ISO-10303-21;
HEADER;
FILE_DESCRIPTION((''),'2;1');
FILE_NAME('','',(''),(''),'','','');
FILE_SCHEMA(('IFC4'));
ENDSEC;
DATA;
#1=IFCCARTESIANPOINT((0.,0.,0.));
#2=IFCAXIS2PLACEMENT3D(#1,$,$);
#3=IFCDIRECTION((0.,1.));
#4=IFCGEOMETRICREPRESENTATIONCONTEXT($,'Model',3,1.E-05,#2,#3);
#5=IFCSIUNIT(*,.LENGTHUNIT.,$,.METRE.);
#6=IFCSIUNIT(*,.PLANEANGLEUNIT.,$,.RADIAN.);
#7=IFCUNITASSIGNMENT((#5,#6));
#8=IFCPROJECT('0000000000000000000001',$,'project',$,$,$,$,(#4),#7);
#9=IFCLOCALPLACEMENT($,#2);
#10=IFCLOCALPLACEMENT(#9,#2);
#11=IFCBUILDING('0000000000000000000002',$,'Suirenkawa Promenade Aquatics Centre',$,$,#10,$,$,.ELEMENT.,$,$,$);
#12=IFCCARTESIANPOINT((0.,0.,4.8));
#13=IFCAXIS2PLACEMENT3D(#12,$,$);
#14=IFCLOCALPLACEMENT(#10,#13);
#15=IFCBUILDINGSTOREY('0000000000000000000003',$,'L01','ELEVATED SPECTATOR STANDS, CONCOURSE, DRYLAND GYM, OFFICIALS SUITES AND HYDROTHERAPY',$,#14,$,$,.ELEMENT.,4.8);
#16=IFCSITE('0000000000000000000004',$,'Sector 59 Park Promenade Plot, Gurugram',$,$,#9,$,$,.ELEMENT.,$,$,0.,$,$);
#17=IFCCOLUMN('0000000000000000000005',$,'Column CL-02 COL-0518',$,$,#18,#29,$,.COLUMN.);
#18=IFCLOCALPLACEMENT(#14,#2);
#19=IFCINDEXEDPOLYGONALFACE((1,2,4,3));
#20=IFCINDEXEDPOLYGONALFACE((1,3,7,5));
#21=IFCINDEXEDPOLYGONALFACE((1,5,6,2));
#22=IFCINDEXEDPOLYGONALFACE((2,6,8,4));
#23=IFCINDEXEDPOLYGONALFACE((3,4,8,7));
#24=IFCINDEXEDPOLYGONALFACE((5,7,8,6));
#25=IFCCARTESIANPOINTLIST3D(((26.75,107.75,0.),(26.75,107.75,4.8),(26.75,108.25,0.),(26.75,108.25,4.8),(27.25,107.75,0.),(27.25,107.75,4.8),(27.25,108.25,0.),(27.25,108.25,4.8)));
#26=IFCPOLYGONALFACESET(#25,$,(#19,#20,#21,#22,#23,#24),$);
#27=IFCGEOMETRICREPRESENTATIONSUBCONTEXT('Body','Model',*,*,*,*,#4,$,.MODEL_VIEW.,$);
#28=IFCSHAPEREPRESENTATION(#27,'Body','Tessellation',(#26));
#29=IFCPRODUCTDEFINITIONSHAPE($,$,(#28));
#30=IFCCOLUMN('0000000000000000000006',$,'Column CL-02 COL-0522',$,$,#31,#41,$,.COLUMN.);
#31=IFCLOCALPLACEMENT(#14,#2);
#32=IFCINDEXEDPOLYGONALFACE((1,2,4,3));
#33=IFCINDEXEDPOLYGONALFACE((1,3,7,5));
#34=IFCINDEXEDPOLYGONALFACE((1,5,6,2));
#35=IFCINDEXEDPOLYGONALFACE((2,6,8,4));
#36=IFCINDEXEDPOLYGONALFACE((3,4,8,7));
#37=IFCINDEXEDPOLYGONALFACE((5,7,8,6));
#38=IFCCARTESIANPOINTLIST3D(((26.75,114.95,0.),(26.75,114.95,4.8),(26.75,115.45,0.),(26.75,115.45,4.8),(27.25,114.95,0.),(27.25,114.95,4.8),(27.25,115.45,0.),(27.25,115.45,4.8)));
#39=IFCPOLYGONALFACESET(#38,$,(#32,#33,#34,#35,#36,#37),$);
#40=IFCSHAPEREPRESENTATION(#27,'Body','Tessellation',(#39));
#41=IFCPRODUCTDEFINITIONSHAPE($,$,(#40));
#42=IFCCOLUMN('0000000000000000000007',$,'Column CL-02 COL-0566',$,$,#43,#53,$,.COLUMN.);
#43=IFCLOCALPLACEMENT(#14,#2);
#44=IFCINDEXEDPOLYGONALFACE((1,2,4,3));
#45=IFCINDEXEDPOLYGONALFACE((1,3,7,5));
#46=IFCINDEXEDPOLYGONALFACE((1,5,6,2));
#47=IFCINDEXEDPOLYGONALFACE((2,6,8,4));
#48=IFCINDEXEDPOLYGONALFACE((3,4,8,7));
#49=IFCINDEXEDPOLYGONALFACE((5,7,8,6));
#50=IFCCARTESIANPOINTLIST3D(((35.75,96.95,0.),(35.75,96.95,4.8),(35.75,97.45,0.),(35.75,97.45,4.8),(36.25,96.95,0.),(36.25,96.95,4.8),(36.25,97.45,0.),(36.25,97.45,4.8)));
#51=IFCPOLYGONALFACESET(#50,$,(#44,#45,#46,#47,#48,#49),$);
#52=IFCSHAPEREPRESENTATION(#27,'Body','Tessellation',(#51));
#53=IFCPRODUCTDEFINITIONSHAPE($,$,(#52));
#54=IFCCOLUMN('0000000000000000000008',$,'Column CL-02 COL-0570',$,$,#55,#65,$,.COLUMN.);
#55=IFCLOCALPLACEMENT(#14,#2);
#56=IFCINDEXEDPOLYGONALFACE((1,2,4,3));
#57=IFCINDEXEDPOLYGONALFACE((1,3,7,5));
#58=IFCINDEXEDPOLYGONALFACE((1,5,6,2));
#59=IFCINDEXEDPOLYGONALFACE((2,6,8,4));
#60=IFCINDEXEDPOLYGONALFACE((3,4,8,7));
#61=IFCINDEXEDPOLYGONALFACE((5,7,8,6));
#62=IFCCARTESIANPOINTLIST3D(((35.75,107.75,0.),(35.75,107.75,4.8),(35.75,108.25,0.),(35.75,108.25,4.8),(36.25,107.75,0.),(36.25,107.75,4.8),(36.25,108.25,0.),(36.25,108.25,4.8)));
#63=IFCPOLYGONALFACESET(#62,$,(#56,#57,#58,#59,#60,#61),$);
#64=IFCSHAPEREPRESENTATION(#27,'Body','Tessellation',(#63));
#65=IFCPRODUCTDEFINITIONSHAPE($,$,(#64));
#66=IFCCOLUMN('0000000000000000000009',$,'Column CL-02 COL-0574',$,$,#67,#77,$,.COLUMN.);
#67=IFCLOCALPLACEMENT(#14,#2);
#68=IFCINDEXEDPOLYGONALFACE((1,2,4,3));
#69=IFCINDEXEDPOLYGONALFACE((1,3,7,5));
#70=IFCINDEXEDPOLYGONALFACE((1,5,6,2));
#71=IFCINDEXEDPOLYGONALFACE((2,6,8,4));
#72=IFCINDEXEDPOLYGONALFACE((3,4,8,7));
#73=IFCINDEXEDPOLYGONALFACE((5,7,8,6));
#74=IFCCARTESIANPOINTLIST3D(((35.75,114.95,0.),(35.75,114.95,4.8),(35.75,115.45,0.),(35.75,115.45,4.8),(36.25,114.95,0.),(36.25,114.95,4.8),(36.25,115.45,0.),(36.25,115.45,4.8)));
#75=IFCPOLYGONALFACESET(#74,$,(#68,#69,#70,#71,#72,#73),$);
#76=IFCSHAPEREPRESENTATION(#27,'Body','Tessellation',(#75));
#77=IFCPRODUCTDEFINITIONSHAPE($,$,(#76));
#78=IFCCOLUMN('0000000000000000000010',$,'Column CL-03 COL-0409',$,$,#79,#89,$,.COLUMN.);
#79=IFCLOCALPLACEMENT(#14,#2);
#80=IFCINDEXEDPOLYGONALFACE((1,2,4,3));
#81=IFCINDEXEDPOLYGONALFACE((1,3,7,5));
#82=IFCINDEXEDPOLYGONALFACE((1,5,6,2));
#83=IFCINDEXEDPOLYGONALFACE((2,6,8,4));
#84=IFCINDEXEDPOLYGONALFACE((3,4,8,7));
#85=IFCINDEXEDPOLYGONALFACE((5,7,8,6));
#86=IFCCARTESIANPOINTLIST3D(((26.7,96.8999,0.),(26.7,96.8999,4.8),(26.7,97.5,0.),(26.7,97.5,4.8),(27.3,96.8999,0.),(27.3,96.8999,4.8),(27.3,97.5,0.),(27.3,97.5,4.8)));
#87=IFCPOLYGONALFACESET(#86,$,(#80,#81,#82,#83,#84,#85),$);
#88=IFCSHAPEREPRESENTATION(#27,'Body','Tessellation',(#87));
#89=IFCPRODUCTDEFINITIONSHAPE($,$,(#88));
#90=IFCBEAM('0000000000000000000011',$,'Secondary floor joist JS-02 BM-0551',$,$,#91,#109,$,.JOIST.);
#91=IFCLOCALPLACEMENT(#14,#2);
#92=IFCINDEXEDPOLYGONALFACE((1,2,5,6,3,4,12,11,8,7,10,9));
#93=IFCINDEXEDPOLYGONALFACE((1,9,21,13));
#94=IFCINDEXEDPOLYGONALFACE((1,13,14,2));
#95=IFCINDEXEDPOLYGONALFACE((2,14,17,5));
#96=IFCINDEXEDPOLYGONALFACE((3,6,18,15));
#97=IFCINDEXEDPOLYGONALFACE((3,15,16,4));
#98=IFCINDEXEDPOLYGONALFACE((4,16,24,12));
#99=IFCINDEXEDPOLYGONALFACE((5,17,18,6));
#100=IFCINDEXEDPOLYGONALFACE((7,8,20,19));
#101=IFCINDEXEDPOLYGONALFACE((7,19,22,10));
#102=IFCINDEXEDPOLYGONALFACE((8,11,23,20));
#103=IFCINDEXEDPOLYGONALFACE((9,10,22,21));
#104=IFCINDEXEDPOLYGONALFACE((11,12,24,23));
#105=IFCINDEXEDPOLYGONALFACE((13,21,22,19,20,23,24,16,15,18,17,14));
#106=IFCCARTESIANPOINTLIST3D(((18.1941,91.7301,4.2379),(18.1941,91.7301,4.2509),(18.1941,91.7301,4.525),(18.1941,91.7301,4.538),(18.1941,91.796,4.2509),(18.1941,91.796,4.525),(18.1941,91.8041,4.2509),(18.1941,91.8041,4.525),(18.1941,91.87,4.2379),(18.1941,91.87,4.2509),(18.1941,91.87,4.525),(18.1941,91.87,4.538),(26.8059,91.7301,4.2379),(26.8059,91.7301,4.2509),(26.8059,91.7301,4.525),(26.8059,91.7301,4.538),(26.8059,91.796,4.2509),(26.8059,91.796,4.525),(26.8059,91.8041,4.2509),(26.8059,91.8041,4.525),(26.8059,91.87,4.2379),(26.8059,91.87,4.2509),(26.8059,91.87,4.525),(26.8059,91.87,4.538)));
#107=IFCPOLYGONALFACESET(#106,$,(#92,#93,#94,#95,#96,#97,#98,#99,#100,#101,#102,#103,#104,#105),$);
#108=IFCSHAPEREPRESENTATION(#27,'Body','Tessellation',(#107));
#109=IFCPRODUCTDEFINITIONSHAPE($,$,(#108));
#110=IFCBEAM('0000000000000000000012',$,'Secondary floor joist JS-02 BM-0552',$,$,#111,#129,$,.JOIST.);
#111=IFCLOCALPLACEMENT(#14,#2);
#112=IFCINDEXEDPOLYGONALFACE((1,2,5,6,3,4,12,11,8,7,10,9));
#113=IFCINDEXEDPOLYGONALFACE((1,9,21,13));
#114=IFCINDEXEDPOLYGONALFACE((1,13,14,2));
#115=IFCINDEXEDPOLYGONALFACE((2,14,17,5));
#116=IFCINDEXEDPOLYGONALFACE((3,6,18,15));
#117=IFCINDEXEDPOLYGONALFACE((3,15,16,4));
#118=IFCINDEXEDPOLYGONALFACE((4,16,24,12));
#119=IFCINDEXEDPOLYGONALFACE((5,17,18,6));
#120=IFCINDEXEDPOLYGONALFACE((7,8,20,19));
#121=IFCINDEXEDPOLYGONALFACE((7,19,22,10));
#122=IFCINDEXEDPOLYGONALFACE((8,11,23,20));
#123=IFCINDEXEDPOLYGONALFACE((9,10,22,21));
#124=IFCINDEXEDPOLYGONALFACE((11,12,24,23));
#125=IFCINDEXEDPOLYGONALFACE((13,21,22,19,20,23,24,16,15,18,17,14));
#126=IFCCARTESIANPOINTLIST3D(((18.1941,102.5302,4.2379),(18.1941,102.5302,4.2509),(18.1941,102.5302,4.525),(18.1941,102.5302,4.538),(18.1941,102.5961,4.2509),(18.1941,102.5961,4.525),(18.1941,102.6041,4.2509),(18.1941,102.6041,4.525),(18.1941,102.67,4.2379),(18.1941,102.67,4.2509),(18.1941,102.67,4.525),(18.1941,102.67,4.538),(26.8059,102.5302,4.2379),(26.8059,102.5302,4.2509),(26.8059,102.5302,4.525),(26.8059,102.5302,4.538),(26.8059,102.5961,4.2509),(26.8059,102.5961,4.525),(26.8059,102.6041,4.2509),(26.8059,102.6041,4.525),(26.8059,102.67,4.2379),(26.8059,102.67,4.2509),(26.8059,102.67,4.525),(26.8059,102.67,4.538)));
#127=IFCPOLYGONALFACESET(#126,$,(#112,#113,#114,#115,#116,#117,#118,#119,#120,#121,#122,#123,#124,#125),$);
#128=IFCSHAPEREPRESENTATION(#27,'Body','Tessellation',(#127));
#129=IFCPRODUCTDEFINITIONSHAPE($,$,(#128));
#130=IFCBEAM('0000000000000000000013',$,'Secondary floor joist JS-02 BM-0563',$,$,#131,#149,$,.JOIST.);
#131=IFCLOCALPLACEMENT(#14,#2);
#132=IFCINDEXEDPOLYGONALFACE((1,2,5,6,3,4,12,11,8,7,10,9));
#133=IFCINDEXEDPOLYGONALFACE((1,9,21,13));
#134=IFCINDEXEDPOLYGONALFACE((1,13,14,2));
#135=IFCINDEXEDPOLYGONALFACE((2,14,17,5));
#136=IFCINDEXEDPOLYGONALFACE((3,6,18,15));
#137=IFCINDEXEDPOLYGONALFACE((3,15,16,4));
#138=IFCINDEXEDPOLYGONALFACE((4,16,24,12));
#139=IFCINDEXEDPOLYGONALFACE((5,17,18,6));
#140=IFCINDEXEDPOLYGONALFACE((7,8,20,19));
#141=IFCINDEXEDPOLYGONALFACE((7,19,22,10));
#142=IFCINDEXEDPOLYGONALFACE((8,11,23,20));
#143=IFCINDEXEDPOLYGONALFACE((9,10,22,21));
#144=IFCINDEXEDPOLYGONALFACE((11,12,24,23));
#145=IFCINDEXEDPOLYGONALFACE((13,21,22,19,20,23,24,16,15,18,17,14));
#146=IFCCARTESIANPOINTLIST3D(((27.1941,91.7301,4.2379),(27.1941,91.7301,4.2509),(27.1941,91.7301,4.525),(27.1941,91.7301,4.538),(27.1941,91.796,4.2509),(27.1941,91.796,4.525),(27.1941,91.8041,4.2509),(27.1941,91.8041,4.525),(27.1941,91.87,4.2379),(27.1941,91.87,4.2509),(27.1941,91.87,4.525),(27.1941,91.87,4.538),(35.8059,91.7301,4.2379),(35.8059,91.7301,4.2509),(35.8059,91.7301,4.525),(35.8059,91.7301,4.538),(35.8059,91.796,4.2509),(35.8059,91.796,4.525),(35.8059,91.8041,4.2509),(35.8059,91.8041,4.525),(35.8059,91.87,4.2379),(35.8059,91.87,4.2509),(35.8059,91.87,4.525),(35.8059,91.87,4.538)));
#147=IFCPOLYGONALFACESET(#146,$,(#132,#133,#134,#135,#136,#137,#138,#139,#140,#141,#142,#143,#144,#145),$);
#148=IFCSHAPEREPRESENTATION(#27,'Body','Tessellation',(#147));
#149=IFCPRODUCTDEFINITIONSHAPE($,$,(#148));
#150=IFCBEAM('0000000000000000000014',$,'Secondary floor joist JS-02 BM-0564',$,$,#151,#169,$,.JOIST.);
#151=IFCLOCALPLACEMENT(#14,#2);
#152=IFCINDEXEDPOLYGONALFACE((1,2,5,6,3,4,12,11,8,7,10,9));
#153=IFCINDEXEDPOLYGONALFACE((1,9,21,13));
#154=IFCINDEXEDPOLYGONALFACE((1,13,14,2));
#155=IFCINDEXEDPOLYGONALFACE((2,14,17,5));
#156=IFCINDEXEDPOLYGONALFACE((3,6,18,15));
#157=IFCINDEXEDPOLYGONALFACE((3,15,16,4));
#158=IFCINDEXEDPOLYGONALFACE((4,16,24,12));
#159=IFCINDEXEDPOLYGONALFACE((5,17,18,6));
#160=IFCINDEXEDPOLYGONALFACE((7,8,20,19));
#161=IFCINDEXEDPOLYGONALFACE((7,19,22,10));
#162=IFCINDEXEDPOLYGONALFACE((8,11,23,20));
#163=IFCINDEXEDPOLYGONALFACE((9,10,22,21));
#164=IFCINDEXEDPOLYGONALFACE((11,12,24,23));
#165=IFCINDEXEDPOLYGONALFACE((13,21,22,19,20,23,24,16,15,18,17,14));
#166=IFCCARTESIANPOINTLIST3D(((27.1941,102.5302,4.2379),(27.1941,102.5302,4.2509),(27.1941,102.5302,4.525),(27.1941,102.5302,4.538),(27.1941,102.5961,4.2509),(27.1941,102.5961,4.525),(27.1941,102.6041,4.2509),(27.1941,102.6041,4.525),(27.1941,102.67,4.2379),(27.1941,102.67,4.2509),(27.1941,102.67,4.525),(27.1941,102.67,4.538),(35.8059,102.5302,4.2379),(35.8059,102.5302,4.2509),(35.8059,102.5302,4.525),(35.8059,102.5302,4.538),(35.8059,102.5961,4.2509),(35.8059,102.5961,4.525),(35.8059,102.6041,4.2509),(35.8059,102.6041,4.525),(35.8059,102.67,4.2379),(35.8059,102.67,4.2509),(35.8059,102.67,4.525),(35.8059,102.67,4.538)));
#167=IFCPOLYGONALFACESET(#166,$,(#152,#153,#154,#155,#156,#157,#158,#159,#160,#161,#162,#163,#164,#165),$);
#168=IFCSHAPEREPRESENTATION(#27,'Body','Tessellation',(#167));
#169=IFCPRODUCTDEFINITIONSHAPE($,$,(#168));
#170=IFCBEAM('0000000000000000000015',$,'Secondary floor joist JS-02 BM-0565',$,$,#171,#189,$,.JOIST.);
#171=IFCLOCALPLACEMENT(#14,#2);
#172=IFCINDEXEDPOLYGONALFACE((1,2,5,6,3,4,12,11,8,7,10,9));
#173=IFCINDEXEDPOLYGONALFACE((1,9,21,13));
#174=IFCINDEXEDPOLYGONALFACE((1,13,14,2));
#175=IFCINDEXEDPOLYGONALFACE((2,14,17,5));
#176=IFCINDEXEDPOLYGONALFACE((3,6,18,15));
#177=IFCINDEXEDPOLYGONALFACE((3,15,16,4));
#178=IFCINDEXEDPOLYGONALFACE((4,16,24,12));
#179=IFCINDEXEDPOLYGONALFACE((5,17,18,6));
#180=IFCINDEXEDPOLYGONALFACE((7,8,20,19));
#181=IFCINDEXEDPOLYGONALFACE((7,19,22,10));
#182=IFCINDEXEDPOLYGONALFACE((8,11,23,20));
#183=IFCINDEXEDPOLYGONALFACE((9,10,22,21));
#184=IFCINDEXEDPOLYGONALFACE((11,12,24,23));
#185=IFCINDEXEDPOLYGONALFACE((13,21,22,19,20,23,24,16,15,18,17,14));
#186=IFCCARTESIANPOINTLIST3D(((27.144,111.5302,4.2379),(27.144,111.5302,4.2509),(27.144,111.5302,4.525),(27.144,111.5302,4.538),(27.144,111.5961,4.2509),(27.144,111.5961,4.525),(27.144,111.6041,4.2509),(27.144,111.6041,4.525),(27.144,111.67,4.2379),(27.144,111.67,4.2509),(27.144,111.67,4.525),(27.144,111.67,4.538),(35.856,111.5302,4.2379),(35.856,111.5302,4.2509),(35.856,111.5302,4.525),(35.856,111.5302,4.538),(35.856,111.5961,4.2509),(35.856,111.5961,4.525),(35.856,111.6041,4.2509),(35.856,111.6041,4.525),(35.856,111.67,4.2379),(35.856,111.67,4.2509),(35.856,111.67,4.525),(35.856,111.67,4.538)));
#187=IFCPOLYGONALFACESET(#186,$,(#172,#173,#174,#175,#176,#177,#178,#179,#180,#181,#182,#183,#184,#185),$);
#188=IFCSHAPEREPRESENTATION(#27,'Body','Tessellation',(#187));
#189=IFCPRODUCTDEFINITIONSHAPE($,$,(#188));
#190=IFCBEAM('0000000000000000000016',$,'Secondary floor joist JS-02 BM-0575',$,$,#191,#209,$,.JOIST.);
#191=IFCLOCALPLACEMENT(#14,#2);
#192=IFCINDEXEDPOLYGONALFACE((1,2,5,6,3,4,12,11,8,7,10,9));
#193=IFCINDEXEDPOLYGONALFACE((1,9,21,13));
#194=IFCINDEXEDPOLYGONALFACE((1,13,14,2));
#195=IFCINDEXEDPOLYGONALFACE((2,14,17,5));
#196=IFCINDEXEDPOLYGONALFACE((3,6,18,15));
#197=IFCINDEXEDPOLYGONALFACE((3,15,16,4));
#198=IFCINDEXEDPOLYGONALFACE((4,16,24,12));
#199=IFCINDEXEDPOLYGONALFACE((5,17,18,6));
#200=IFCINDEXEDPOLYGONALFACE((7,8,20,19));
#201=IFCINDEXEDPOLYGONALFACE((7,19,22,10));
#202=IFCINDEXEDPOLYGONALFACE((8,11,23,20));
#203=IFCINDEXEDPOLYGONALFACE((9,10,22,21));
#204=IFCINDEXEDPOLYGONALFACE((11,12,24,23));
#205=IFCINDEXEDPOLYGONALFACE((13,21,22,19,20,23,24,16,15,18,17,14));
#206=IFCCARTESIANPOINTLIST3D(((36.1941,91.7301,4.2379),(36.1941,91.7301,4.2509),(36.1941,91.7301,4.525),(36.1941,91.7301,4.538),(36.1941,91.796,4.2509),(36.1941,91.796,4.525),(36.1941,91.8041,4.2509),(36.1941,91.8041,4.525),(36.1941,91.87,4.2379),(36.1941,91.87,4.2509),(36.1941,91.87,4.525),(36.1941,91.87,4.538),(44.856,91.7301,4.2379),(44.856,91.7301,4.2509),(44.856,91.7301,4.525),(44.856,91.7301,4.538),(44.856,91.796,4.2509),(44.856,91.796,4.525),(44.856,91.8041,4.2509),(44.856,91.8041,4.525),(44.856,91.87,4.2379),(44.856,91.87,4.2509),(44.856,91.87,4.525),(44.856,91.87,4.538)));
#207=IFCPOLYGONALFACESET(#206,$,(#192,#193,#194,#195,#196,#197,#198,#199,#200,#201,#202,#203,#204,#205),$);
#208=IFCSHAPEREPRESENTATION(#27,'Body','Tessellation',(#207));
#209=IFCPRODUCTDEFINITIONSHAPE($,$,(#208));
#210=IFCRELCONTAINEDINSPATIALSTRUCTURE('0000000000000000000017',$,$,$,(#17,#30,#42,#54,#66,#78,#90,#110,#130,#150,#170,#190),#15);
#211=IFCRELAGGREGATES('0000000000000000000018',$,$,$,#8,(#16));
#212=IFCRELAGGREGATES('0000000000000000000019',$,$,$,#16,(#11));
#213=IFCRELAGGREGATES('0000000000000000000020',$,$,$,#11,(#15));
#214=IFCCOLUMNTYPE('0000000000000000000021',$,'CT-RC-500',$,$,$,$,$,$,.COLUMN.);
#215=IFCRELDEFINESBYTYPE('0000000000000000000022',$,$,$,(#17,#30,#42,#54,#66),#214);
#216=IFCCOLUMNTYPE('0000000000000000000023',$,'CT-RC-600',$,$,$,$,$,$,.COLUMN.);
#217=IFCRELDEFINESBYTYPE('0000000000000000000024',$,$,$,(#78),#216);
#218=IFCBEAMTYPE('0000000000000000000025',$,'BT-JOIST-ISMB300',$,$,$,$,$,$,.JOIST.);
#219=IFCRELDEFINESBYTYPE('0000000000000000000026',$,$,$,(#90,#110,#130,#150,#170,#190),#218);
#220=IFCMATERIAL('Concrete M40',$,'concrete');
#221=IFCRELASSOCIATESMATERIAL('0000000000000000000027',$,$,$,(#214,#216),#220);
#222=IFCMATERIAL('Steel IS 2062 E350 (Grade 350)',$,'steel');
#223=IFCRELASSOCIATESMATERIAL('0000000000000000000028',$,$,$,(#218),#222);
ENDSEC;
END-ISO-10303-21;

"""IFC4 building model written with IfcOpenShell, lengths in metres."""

from ifc_helpers import new_model, si_unit, direction, frame, origin, origin_2d, place, context, subcontext, project, spatial, rectangle, i_section, extrude, material, material_profile, profile_set, type_object, element, save


model = new_model("IFC4")

# Units and contexts
model_context = context("Model", 3, precision=1e-05, world=origin(), true_north=direction((0.0, 1.0)))
body_context = subcontext(model_context, "Body", "Model", "MODEL_VIEW")
ifc_project = project(units=[si_unit("LENGTHUNIT", "METRE"), si_unit("PLANEANGLEUNIT", "RADIAN")], contexts=[model_context])

# Site, building, storey
site_placement = place(None, origin())
site = spatial("IfcSite", under=ifc_project, at=site_placement, Name="Sector 59 Park Promenade Plot, Gurugram", CompositionType="ELEMENT", RefElevation=0.0)
building_placement = place(site_placement, origin())
building = spatial("IfcBuilding", under=site, at=building_placement, Name="Suirenkawa Promenade Aquatics Centre", CompositionType="ELEMENT")
storey_placement = place(building_placement, frame((0.0, 0.0, 4.8)))
storey = spatial("IfcBuildingStorey", under=building, at=storey_placement, Name="L01", Description="ELEVATED SPECTATOR STANDS, CONCOURSE, DRYLAND GYM, OFFICIALS SUITES AND HYDROTHERAPY", CompositionType="ELEMENT", Elevation=4.8)

# Columns
ifc_material_1 = material(Name="Concrete M40", Category="concrete")
ifc_material_profile_1 = material_profile(ifc_material_1, rectangle(XDim=0.5, YDim=0.5, at=origin_2d()), Name="RC COL 500x500", Category="concrete")
ifc_profile_set_1 = profile_set([ifc_material_profile_1], Name="Concrete M40")
column_type_1 = type_object("IfcColumnType", Name="CT-RC-500", PredefinedType="COLUMN", material=ifc_profile_set_1)
for number, where, z_axis, x_axis, name in (
    (1, (27.0, 108.0, 0.0), (0.0, 0.0, 1.0), (1.0, 0.0, 0.0), "Column CL-02 COL-0518"),
    (2, (27.0, 115.2, 0.0), (0.0, 0.0, 1.0), (1.0, 0.0, 0.0), "Column CL-02 COL-0522"),
    (3, (36.0, 97.2, 0.0), (0.0, 0.0, 1.0), (1.0, 0.0, 0.0), "Column CL-02 COL-0566"),
    (4, (36.0, 108.0, 0.0), (0.0, 0.0, 1.0), (1.0, 0.0, 0.0), "Column CL-02 COL-0570"),
    (5, (36.0, 115.2, 0.0), (0.0, 0.0, 1.0), (1.0, 0.0, 0.0), "Column CL-02 COL-0574"),
):
    element("IfcColumn", number, at=place(storey_placement, frame(where, z_axis=z_axis, x_axis=x_axis)), inside=storey, type_object=column_type_1, Name=name, PredefinedType="COLUMN", context=body_context, shape_type="SweptSolid", body=[
        extrude(rectangle(XDim=0.5, YDim=0.5, at=origin_2d()), origin(), (0.0, 0.0, 1.0), 4.8),
    ])
ifc_material_profile_2 = material_profile(ifc_material_1, rectangle(XDim=0.6001, YDim=0.6001, at=origin_2d()), Name="RC COL 600x600", Category="concrete")
ifc_profile_set_2 = profile_set([ifc_material_profile_2], Name="Concrete M40")
column_type_2 = type_object("IfcColumnType", Name="CT-RC-600", PredefinedType="COLUMN", material=ifc_profile_set_2)
column_placement = place(storey_placement, frame((27.0, 97.2, 0.0), z_axis=(0.0, 0.0, 1.0), x_axis=(1.0, 0.0, 0.0)))
element("IfcColumn", 6, at=column_placement, inside=storey, type_object=column_type_2, Name="Column CL-03 COL-0409", PredefinedType="COLUMN", context=body_context, shape_type="SweptSolid", body=[
    extrude(rectangle(XDim=0.6001, YDim=0.6001, at=origin_2d()), origin(), (0.0, 0.0, 1.0), 4.8),
])

# Beams
ifc_material_2 = material(Name="Steel IS 2062 E350 (Grade 350)", Category="steel")
ifc_material_profile_3 = material_profile(ifc_material_2, i_section(OverallWidth=0.1399, OverallDepth=0.3, WebThickness=0.0081, FlangeThickness=0.0129, at=origin_2d()), Name="ISMB 300", Category="steel")
ifc_profile_set_3 = profile_set([ifc_material_profile_3], Name="Steel IS 2062 E350 (Grade 350)")
beam_type_1 = type_object("IfcBeamType", Name="BT-JOIST-ISMB300", PredefinedType="JOIST", material=ifc_profile_set_3)
for number, where, z_axis, x_axis, name in (
    (7, (18.1941, 91.8, 4.3879), (1.0, 0.0, 0.0), (0.0, 1.0, 0.0), "Secondary floor joist JS-02 BM-0551"),
    (8, (18.1941, 102.6001, 4.3879), (1.0, 0.0, 0.0), (0.0, 1.0, 0.0), "Secondary floor joist JS-02 BM-0552"),
    (9, (27.1941, 91.8, 4.3879), (1.0, 0.0, 0.0), (0.0, 1.0, 0.0), "Secondary floor joist JS-02 BM-0563"),
    (10, (27.1941, 102.6001, 4.3879), (1.0, 0.0, 0.0), (0.0, 1.0, 0.0), "Secondary floor joist JS-02 BM-0564"),
):
    element("IfcBeam", number, at=place(storey_placement, frame(where, z_axis=z_axis, x_axis=x_axis)), inside=storey, type_object=beam_type_1, Name=name, PredefinedType="JOIST", context=body_context, shape_type="SweptSolid", body=[
        extrude(i_section(OverallWidth=0.1399, OverallDepth=0.3, WebThickness=0.0081, FlangeThickness=0.0129, at=origin_2d()), origin(), (0.0, 0.0, 1.0), 8.6118),
    ])
beam_1_placement = place(storey_placement, frame((27.144, 111.6001, 4.3879), z_axis=(1.0, 0.0, 0.0), x_axis=(0.0, 1.0, 0.0)))
element("IfcBeam", 11, at=beam_1_placement, inside=storey, type_object=beam_type_1, Name="Secondary floor joist JS-02 BM-0565", PredefinedType="JOIST", context=body_context, shape_type="SweptSolid", body=[
    extrude(i_section(OverallWidth=0.1399, OverallDepth=0.3, WebThickness=0.0081, FlangeThickness=0.0129, at=origin_2d()), origin(), (0.0, 0.0, 1.0), 8.7119),
])
for number, where, z_axis, x_axis, name in (
    (12, (36.1941, 91.8, 4.3879), (1.0, 0.0, 0.0), (0.0, 1.0, 0.0), "Secondary floor joist JS-02 BM-0575"),
):
    element("IfcBeam", number, at=place(storey_placement, frame(where, z_axis=z_axis, x_axis=x_axis)), inside=storey, type_object=beam_type_1, Name=name, PredefinedType="JOIST", context=body_context, shape_type="SweptSolid", body=[
        extrude(i_section(OverallWidth=0.1399, OverallDepth=0.3, WebThickness=0.0081, FlangeThickness=0.0129, at=origin_2d()), origin(), (0.0, 0.0, 1.0), 8.6619),
    ])

save(model, "model.ifc")
